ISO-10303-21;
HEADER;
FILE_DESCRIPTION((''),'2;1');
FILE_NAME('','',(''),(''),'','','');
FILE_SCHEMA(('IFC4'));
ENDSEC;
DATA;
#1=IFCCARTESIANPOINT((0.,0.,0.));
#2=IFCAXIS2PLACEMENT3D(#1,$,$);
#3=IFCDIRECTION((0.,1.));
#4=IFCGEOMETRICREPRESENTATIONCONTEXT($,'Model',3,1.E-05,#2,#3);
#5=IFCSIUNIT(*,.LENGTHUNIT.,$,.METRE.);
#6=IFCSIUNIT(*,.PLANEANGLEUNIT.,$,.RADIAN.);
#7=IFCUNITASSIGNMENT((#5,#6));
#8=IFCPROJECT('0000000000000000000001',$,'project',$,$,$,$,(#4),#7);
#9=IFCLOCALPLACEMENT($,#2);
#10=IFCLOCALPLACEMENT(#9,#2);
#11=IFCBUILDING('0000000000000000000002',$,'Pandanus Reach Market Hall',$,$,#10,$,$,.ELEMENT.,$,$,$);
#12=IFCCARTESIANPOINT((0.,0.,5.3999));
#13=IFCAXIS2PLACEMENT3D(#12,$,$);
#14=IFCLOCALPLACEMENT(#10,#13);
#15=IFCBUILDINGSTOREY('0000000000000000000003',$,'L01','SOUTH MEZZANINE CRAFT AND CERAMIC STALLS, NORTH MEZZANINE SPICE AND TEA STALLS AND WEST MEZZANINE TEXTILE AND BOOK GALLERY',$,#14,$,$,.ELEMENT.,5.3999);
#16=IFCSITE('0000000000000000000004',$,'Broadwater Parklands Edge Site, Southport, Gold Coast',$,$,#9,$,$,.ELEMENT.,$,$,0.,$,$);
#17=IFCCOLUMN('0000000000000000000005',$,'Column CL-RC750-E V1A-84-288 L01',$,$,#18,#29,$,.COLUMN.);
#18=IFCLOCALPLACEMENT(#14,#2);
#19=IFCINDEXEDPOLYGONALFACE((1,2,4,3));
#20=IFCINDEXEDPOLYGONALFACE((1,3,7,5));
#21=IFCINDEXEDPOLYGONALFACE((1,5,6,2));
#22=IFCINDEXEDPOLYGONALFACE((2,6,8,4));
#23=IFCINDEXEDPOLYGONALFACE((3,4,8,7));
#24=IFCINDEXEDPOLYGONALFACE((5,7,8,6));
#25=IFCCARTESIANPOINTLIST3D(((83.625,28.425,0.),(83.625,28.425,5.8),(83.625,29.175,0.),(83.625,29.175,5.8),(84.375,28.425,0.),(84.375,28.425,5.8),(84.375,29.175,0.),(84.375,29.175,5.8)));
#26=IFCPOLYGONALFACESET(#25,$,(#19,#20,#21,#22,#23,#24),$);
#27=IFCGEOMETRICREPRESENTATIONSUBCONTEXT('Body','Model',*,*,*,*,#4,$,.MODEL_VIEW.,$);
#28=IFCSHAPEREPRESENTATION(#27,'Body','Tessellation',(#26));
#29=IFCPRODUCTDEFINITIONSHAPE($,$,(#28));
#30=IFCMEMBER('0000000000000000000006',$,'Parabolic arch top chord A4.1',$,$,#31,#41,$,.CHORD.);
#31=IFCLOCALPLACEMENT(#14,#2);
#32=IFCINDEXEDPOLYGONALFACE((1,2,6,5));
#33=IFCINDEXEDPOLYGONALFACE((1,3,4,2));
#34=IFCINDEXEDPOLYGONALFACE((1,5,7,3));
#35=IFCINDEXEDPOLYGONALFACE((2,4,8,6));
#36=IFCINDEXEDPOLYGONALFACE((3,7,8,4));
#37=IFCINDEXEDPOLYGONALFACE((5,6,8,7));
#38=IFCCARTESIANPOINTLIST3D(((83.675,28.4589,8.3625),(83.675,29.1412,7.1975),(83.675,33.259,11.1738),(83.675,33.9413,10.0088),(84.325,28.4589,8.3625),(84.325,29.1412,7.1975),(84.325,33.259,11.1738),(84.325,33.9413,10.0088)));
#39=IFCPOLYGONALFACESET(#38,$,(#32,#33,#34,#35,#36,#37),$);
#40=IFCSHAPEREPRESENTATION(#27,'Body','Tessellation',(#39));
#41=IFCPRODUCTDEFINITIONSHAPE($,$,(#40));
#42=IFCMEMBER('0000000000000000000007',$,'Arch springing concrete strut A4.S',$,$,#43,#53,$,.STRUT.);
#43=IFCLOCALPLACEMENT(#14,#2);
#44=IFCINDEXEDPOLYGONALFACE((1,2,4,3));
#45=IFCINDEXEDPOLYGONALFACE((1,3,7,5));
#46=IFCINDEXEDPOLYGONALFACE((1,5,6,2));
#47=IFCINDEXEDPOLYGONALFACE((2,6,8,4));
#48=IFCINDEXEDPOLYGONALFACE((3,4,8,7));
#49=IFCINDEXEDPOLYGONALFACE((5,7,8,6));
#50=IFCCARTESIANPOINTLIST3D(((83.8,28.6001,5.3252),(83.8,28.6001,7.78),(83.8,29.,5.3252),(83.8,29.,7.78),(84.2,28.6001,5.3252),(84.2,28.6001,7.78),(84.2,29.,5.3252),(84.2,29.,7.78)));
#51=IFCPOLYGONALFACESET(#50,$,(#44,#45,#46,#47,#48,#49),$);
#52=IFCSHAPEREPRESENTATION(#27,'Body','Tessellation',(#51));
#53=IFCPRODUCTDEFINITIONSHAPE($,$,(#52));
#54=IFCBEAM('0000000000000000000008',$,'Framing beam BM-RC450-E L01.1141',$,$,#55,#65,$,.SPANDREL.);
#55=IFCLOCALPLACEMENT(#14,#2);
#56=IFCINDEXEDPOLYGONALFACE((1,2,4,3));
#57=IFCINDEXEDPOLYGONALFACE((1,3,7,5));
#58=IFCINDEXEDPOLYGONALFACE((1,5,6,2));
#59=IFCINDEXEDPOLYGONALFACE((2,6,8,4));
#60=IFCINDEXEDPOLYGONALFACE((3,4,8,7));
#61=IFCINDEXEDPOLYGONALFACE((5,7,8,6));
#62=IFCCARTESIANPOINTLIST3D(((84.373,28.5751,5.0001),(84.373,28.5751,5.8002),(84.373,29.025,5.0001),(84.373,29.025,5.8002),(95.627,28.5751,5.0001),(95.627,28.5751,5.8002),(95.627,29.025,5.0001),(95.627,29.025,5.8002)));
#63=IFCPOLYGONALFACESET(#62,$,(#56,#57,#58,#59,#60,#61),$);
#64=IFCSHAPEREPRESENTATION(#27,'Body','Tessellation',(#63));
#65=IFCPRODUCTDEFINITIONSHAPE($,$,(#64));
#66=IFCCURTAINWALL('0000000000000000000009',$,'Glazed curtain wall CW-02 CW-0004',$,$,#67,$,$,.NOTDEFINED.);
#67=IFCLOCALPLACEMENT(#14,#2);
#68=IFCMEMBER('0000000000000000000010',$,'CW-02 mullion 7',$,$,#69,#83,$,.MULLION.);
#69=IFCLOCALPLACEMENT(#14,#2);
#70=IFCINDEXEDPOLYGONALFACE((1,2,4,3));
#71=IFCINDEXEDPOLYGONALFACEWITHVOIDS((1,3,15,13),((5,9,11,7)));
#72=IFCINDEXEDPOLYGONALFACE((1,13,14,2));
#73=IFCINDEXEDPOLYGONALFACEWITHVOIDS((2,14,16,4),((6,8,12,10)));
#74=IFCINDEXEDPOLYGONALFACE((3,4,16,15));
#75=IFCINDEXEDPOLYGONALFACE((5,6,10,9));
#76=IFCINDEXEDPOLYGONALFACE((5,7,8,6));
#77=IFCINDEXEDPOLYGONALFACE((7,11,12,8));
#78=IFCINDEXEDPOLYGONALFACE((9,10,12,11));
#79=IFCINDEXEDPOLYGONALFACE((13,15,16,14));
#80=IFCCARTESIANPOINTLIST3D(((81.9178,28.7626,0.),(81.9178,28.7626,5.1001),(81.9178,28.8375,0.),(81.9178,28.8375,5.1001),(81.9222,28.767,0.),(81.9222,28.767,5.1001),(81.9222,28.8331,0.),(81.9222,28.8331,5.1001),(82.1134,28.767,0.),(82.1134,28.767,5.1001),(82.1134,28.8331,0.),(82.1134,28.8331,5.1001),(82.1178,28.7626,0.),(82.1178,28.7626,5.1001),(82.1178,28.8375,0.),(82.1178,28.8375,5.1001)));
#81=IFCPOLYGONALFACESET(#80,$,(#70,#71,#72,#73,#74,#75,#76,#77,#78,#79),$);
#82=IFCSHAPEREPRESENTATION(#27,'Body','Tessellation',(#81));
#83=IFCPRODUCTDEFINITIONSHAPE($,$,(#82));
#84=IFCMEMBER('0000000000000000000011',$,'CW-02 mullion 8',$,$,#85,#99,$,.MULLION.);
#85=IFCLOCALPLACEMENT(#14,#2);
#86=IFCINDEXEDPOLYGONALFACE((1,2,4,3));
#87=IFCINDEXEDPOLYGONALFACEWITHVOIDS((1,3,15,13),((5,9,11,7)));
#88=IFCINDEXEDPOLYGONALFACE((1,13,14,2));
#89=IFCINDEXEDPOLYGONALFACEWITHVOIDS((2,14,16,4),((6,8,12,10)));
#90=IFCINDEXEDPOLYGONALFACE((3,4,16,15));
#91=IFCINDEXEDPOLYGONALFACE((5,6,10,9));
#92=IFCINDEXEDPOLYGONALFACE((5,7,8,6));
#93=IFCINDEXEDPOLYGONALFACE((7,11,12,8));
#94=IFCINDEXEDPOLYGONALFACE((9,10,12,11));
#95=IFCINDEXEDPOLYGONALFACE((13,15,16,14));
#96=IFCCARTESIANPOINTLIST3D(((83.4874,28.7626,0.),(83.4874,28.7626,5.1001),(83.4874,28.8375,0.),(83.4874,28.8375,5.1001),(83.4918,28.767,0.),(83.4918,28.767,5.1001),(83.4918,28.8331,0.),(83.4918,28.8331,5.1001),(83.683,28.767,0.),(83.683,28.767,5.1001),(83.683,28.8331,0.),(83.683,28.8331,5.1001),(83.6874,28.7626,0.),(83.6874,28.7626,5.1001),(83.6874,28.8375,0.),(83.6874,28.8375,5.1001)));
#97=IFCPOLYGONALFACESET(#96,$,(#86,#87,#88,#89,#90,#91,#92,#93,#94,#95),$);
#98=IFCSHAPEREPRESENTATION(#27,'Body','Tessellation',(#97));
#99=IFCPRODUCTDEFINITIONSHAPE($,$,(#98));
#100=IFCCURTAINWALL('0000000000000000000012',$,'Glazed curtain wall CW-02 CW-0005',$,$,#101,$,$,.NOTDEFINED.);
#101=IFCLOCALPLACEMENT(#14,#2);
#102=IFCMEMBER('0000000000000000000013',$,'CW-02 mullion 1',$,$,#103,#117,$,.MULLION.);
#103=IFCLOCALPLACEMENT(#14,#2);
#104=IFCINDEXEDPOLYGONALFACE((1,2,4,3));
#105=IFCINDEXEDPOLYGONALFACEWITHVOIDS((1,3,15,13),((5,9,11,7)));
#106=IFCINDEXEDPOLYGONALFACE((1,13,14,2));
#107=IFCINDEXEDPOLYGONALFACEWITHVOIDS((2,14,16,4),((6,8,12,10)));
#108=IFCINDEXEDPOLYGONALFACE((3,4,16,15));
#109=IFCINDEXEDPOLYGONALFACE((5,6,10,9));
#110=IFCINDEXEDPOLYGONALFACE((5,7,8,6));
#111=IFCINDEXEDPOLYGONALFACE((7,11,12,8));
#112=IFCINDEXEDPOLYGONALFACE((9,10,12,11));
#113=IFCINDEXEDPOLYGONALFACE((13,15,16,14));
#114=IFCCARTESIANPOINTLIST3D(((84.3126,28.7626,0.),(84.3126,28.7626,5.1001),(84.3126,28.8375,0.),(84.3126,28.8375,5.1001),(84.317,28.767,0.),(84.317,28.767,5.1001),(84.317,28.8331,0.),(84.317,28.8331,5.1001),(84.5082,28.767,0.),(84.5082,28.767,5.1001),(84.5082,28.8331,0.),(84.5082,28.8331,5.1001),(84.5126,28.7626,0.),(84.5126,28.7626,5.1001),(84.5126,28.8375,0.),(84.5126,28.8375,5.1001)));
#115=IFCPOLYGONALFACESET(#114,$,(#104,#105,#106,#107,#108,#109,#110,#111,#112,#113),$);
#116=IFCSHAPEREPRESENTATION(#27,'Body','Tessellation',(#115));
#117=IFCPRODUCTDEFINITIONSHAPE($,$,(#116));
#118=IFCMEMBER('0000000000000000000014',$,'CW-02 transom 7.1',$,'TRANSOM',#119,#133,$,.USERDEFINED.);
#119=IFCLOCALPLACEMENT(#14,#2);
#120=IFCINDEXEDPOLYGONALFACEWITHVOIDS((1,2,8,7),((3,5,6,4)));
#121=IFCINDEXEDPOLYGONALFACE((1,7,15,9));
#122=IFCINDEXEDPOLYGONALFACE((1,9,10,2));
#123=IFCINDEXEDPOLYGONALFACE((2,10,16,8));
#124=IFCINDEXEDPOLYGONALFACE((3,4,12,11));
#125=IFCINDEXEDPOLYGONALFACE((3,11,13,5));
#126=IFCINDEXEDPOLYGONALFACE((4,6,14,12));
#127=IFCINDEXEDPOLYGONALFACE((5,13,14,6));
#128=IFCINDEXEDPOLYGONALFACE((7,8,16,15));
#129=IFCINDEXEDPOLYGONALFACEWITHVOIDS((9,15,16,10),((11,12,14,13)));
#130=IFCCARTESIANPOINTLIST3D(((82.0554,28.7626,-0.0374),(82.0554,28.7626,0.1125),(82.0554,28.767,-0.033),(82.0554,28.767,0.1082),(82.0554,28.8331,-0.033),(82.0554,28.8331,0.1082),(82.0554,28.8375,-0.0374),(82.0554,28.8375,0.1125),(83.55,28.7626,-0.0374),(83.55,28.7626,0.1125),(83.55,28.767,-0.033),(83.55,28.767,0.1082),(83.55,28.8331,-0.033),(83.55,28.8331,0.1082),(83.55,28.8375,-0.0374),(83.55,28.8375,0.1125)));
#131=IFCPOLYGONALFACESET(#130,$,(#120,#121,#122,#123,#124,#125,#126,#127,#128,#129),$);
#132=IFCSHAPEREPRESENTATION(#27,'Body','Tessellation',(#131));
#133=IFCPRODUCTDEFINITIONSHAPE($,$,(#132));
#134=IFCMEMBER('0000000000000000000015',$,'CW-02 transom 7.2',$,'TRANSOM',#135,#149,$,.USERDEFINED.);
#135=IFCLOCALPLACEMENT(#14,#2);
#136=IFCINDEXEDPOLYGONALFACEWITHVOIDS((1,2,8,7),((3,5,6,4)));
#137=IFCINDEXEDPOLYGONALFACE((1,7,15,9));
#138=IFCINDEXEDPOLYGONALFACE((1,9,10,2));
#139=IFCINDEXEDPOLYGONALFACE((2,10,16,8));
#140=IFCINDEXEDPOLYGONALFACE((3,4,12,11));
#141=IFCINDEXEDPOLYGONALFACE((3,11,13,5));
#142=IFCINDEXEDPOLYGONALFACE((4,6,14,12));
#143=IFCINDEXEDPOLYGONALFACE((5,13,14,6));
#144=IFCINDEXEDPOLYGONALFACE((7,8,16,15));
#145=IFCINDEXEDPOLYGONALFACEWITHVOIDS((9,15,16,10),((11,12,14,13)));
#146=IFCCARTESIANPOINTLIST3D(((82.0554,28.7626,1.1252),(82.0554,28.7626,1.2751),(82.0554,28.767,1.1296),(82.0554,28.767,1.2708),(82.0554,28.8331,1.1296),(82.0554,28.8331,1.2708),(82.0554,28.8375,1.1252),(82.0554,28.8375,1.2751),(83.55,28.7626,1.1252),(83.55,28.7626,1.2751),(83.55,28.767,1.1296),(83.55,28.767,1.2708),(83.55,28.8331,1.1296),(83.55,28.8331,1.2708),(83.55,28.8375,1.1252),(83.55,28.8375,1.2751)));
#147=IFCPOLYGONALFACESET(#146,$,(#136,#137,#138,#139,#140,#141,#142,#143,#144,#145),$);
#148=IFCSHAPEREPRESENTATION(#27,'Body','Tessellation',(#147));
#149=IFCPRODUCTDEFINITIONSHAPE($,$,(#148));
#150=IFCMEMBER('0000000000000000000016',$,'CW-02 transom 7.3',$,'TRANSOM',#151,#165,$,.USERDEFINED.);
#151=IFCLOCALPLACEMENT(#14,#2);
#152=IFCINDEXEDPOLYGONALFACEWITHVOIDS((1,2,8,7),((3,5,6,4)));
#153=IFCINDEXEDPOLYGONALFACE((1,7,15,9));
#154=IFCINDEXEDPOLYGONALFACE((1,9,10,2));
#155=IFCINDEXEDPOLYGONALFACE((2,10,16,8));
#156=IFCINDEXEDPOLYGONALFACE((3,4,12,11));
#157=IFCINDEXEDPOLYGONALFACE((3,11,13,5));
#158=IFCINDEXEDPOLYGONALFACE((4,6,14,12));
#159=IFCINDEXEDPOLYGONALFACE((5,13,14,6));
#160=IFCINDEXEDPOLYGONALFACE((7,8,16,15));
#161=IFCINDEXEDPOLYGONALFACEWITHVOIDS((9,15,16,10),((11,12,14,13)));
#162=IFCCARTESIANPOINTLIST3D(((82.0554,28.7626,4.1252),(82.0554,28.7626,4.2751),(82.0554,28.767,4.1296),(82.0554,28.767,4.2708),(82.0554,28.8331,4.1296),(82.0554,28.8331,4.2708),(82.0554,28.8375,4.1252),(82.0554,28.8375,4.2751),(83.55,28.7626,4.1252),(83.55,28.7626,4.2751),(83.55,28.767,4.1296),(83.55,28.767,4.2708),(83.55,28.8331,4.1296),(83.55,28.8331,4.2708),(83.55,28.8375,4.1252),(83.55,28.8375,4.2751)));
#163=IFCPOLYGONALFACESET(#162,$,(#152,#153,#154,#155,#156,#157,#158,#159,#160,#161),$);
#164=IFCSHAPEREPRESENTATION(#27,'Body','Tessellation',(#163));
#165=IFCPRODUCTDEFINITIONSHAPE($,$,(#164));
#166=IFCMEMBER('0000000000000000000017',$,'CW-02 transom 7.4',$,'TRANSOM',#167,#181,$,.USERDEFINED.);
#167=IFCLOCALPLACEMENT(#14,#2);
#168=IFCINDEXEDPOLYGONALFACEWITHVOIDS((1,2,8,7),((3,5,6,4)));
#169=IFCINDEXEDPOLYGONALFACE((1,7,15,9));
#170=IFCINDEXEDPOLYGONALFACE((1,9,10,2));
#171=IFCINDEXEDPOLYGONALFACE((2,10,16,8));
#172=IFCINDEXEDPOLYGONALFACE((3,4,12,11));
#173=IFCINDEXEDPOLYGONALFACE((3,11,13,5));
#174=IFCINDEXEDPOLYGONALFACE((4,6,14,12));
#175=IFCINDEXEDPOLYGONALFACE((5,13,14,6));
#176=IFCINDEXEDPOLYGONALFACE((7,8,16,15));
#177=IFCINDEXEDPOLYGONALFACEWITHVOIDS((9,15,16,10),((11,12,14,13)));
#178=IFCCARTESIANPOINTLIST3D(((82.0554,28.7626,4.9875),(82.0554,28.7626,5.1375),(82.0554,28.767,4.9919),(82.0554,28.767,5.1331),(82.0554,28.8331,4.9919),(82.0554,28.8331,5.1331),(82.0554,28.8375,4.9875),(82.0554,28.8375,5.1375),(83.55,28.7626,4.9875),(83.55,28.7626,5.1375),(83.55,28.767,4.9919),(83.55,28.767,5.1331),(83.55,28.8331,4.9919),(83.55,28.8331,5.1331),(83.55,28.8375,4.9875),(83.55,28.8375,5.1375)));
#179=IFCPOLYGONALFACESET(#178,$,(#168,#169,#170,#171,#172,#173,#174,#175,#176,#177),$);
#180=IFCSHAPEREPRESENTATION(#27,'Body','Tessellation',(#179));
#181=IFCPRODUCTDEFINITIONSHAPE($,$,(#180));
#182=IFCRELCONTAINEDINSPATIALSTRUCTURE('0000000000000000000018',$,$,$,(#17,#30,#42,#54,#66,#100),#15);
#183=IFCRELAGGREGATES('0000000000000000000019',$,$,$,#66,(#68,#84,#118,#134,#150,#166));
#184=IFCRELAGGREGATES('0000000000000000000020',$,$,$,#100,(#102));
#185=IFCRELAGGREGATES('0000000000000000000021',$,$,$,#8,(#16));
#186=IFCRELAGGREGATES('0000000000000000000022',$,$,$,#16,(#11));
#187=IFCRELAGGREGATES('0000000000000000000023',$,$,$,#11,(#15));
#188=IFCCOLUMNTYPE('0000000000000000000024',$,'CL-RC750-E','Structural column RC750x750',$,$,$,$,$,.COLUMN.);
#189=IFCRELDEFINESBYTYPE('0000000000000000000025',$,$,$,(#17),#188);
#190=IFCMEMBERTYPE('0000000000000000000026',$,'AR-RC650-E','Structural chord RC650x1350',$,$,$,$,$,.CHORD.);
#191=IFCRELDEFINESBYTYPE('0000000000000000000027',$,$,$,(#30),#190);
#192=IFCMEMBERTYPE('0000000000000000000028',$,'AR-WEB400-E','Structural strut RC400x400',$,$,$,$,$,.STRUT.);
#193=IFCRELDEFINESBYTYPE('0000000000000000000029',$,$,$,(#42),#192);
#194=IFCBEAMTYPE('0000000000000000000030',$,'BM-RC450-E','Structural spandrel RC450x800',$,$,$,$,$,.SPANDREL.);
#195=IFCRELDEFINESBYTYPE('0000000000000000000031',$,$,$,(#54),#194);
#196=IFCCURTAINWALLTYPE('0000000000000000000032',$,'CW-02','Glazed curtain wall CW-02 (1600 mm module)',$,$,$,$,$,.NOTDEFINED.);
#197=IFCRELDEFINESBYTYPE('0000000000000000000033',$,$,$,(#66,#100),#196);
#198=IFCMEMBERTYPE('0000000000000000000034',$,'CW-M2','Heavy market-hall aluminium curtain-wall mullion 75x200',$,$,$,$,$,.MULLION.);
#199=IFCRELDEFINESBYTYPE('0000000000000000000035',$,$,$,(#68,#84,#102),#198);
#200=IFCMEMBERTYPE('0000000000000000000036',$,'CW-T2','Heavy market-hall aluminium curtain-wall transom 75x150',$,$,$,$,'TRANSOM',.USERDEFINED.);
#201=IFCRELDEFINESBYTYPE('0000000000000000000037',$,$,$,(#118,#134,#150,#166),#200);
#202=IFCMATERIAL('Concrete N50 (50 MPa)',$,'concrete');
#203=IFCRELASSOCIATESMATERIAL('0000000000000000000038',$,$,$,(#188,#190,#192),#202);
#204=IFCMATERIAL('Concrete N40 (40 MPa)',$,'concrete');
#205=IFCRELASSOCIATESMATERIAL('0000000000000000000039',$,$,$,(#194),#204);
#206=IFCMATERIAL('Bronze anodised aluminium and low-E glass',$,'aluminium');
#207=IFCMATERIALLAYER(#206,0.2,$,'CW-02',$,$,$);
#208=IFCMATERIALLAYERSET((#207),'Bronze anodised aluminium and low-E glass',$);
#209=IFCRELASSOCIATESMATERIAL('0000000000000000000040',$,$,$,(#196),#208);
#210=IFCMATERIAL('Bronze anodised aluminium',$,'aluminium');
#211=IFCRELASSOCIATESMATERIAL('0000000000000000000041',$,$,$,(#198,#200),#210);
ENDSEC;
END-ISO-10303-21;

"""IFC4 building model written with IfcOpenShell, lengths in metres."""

from ifc_helpers import new_model, si_unit, direction, frame, origin, origin_2d, place, context, subcontext, project, spatial, rectangle, hollow_rectangle, extrude, material, layer, layer_set, material_profile, profile_set, type_object, element, aggregate, save


model = new_model("IFC4")

# Units and contexts
model_context = context("Model", 3, precision=1e-05, world=origin(), true_north=direction((0.0, 1.0)))
body_context = subcontext(model_context, "Body", "Model", "MODEL_VIEW")
ifc_project = project(units=[si_unit("LENGTHUNIT", "METRE"), si_unit("PLANEANGLEUNIT", "RADIAN")], contexts=[model_context])

# Site, building, storey
site_placement = place(None, origin())
site = spatial("IfcSite", under=ifc_project, at=site_placement, Name="Broadwater Parklands Edge Site, Southport, Gold Coast", CompositionType="ELEMENT", RefElevation=0.0)
building_placement = place(site_placement, origin())
building = spatial("IfcBuilding", under=site, at=building_placement, Name="Pandanus Reach Market Hall", CompositionType="ELEMENT")
storey_placement = place(building_placement, frame((0.0, 0.0, 5.3999)))
storey = spatial("IfcBuildingStorey", under=building, at=storey_placement, Name="L01", Description="SOUTH MEZZANINE CRAFT AND CERAMIC STALLS, NORTH MEZZANINE SPICE AND TEA STALLS AND WEST MEZZANINE TEXTILE AND BOOK GALLERY", CompositionType="ELEMENT", Elevation=5.3999)

# Column
ifc_material_1 = material(Name="Concrete N50 (50 MPa)", Category="concrete")
ifc_material_profile_1 = material_profile(ifc_material_1, rectangle(XDim=0.75, YDim=0.75, at=origin_2d()), Name="RC750x750", Category="LoadBearing")
ifc_profile_set_1 = profile_set([ifc_material_profile_1], Name="Concrete N50 (50 MPa)")
column_type = type_object("IfcColumnType", Name="CL-RC750-E", Description="Structural column RC750x750", PredefinedType="COLUMN", material=ifc_profile_set_1)
column_placement = place(storey_placement, frame((84.0, 28.8, 0.0), z_axis=(0.0, 0.0, 1.0), x_axis=(1.0, 0.0, 0.0)))
element("IfcColumn", 1, at=column_placement, inside=storey, type_object=column_type, Name="Column CL-RC750-E V1A-84-288 L01", PredefinedType="COLUMN", context=body_context, shape_type="SweptSolid", body=[
    extrude(rectangle(XDim=0.75, YDim=0.75, at=origin_2d()), origin(), (0.0, 0.0, 1.0), 5.8),
])

# Members
ifc_material_profile_2 = material_profile(ifc_material_1, rectangle(XDim=0.6499, YDim=1.3501, at=origin_2d()), Name="RC650x1350", Category="LoadBearing")
ifc_profile_set_2 = profile_set([ifc_material_profile_2], Name="Concrete N50 (50 MPa)")
member_type_1 = type_object("IfcMemberType", Name="AR-RC650-E", Description="Structural chord RC650x1350", PredefinedType="CHORD", material=ifc_profile_set_2)
member_1_placement = place(storey_placement, frame((84.0, 28.8, 7.78), z_axis=(0.0, 0.862897, 0.505379), x_axis=(-1.0, 0.0, 0.0)))
element("IfcMember", 2, at=member_1_placement, inside=storey, type_object=member_type_1, Name="Parabolic arch top chord A4.1", PredefinedType="CHORD", context=body_context, shape_type="SweptSolid", body=[
    extrude(rectangle(XDim=0.6499, YDim=1.3501, at=origin_2d()), origin(), (0.0, 0.0, 1.0), 5.5627),
])
ifc_material_profile_3 = material_profile(ifc_material_1, rectangle(XDim=0.3999, YDim=0.3999, at=origin_2d()), Name="RC400x400", Category="LoadBearing")
ifc_profile_set_3 = profile_set([ifc_material_profile_3], Name="Concrete N50 (50 MPa)")
member_type_2 = type_object("IfcMemberType", Name="AR-WEB400-E", Description="Structural strut RC400x400", PredefinedType="STRUT", material=ifc_profile_set_3)
member_2_placement = place(storey_placement, frame((84.0, 28.8, 5.3252), z_axis=(0.0, 0.0, 1.0), x_axis=(1.0, 0.0, 0.0)))
element("IfcMember", 3, at=member_2_placement, inside=storey, type_object=member_type_2, Name="Arch springing concrete strut A4.S", PredefinedType="STRUT", context=body_context, shape_type="SweptSolid", body=[
    extrude(rectangle(XDim=0.3999, YDim=0.3999, at=origin_2d()), origin(), (0.0, 0.0, 1.0), 2.4548),
])

# Beam
ifc_material_2 = material(Name="Concrete N40 (40 MPa)", Category="concrete")
ifc_material_profile_4 = material_profile(ifc_material_2, rectangle(XDim=0.45, YDim=0.8, at=origin_2d()), Name="RC450x800", Category="LoadBearing")
ifc_profile_set_4 = profile_set([ifc_material_profile_4], Name="Concrete N40 (40 MPa)")
beam_type = type_object("IfcBeamType", Name="BM-RC450-E", Description="Structural spandrel RC450x800", PredefinedType="SPANDREL", material=ifc_profile_set_4)
beam_placement = place(storey_placement, frame((84.373, 28.8, 5.4001), z_axis=(1.0, 0.0, 0.0), x_axis=(0.0, 1.0, 0.0)))
element("IfcBeam", 4, at=beam_placement, inside=storey, type_object=beam_type, Name="Framing beam BM-RC450-E L01.1141", PredefinedType="SPANDREL", context=body_context, shape_type="SweptSolid", body=[
    extrude(rectangle(XDim=0.45, YDim=0.8, at=origin_2d()), origin(), (0.0, 0.0, 1.0), 11.2539),
])

# Curtain wall, members
ifc_material_3 = material(Name="Bronze anodised aluminium and low-E glass", Category="aluminium")
ifc_layer_1 = layer(ifc_material_3, 0.2, Name="CW-02")
ifc_layer_set_1 = layer_set([ifc_layer_1], Name="Bronze anodised aluminium and low-E glass")
curtain_wall_type = type_object("IfcCurtainWallType", Name="CW-02", Description="Glazed curtain wall CW-02 (1600 mm module)", PredefinedType="NOTDEFINED", material=ifc_layer_set_1)
curtain_wall_1_placement = place(storey_placement, origin())
curtain_wall_1 = element("IfcCurtainWall", 5, at=curtain_wall_1_placement, inside=storey, type_object=curtain_wall_type, Name="Glazed curtain wall CW-02 CW-0004", PredefinedType="NOTDEFINED")
ifc_material_4 = material(Name="Bronze anodised aluminium", Category="aluminium")
ifc_material_profile_5 = material_profile(ifc_material_4, hollow_rectangle(XDim=0.075, YDim=0.2, WallThickness=0.0044, at=origin_2d()), Name="ALU75x200", Category="LoadBearing")
ifc_profile_set_5 = profile_set([ifc_material_profile_5], Name="Bronze anodised aluminium")
member_type_3 = type_object("IfcMemberType", Name="CW-M2", Description="Heavy market-hall aluminium curtain-wall mullion 75x200", PredefinedType="MULLION", material=ifc_profile_set_5)
member_3_placement = place(storey_placement, frame((82.0178, 28.8, 0.0), z_axis=(0.0, 0.0, 1.0), x_axis=(0.0, 1.0, 0.0)))
member_3 = element("IfcMember", 6, at=member_3_placement, type_object=member_type_3, Name="CW-02 mullion 7", PredefinedType="MULLION", context=body_context, shape_type="SweptSolid", body=[
    extrude(hollow_rectangle(XDim=0.075, YDim=0.2, WallThickness=0.0044, at=origin_2d()), origin(), (0.0, 0.0, 1.0), 5.1001),
])
member_4_placement = place(storey_placement, frame((83.5874, 28.8, 0.0), z_axis=(0.0, 0.0, 1.0), x_axis=(0.0, 1.0, 0.0)))
member_4 = element("IfcMember", 7, at=member_4_placement, type_object=member_type_3, Name="CW-02 mullion 8", PredefinedType="MULLION", context=body_context, shape_type="SweptSolid", body=[
    extrude(hollow_rectangle(XDim=0.075, YDim=0.2, WallThickness=0.0044, at=origin_2d()), origin(), (0.0, 0.0, 1.0), 5.1001),
])

# Curtain wall, member
curtain_wall_2_placement = place(storey_placement, origin())
curtain_wall_2 = element("IfcCurtainWall", 8, at=curtain_wall_2_placement, inside=storey, type_object=curtain_wall_type, Name="Glazed curtain wall CW-02 CW-0005", PredefinedType="NOTDEFINED")
member_5_placement = place(storey_placement, frame((84.4126, 28.8, 0.0), z_axis=(0.0, 0.0, 1.0), x_axis=(0.0, 1.0, 0.0)))
member_5 = element("IfcMember", 9, at=member_5_placement, type_object=member_type_3, Name="CW-02 mullion 1", PredefinedType="MULLION", context=body_context, shape_type="SweptSolid", body=[
    extrude(hollow_rectangle(XDim=0.075, YDim=0.2, WallThickness=0.0044, at=origin_2d()), origin(), (0.0, 0.0, 1.0), 5.1001),
])

# Members
ifc_material_profile_6 = material_profile(ifc_material_4, hollow_rectangle(XDim=0.075, YDim=0.1499, WallThickness=0.0044, at=origin_2d()), Name="ALU75x150", Category="LoadBearing")
ifc_profile_set_6 = profile_set([ifc_material_profile_6], Name="Bronze anodised aluminium")
member_type_4 = type_object("IfcMemberType", Name="CW-T2", Description="Heavy market-hall aluminium curtain-wall transom 75x150", ElementType="TRANSOM", PredefinedType="USERDEFINED", material=ifc_profile_set_6)
member_6_placement = place(storey_placement, frame((82.0554, 28.8, 0.0376), z_axis=(1.0, 0.0, 0.0), x_axis=(0.0, 1.0, 0.0)))
member_6 = element("IfcMember", 10, at=member_6_placement, type_object=member_type_4, Name="CW-02 transom 7.1", ObjectType="TRANSOM", PredefinedType="USERDEFINED", context=body_context, shape_type="SweptSolid", body=[
    extrude(hollow_rectangle(XDim=0.075, YDim=0.1499, WallThickness=0.0044, at=origin_2d()), origin(), (0.0, 0.0, 1.0), 1.4946),
])
member_7_placement = place(storey_placement, frame((82.0554, 28.8, 1.2002), z_axis=(1.0, 0.0, 0.0), x_axis=(0.0, 1.0, 0.0)))
member_7 = element("IfcMember", 11, at=member_7_placement, type_object=member_type_4, Name="CW-02 transom 7.2", ObjectType="TRANSOM", PredefinedType="USERDEFINED", context=body_context, shape_type="SweptSolid", body=[
    extrude(hollow_rectangle(XDim=0.075, YDim=0.1499, WallThickness=0.0044, at=origin_2d()), origin(), (0.0, 0.0, 1.0), 1.4946),
])
member_8_placement = place(storey_placement, frame((82.0554, 28.8, 4.2002), z_axis=(1.0, 0.0, 0.0), x_axis=(0.0, 1.0, 0.0)))
member_8 = element("IfcMember", 12, at=member_8_placement, type_object=member_type_4, Name="CW-02 transom 7.3", ObjectType="TRANSOM", PredefinedType="USERDEFINED", context=body_context, shape_type="SweptSolid", body=[
    extrude(hollow_rectangle(XDim=0.075, YDim=0.1499, WallThickness=0.0044, at=origin_2d()), origin(), (0.0, 0.0, 1.0), 1.4946),
])
member_9_placement = place(storey_placement, frame((82.0554, 28.8, 5.0625), z_axis=(1.0, 0.0, 0.0), x_axis=(0.0, 1.0, 0.0)))
member_9 = element("IfcMember", 13, at=member_9_placement, type_object=member_type_4, Name="CW-02 transom 7.4", ObjectType="TRANSOM", PredefinedType="USERDEFINED", context=body_context, shape_type="SweptSolid", body=[
    extrude(hollow_rectangle(XDim=0.075, YDim=0.1499, WallThickness=0.0044, at=origin_2d()), origin(), (0.0, 0.0, 1.0), 1.4946),
])

aggregate(curtain_wall_1, [member_3, member_4, member_6, member_7, member_8, member_9])
aggregate(curtain_wall_2, [member_5])

save(model, "model.ifc")
